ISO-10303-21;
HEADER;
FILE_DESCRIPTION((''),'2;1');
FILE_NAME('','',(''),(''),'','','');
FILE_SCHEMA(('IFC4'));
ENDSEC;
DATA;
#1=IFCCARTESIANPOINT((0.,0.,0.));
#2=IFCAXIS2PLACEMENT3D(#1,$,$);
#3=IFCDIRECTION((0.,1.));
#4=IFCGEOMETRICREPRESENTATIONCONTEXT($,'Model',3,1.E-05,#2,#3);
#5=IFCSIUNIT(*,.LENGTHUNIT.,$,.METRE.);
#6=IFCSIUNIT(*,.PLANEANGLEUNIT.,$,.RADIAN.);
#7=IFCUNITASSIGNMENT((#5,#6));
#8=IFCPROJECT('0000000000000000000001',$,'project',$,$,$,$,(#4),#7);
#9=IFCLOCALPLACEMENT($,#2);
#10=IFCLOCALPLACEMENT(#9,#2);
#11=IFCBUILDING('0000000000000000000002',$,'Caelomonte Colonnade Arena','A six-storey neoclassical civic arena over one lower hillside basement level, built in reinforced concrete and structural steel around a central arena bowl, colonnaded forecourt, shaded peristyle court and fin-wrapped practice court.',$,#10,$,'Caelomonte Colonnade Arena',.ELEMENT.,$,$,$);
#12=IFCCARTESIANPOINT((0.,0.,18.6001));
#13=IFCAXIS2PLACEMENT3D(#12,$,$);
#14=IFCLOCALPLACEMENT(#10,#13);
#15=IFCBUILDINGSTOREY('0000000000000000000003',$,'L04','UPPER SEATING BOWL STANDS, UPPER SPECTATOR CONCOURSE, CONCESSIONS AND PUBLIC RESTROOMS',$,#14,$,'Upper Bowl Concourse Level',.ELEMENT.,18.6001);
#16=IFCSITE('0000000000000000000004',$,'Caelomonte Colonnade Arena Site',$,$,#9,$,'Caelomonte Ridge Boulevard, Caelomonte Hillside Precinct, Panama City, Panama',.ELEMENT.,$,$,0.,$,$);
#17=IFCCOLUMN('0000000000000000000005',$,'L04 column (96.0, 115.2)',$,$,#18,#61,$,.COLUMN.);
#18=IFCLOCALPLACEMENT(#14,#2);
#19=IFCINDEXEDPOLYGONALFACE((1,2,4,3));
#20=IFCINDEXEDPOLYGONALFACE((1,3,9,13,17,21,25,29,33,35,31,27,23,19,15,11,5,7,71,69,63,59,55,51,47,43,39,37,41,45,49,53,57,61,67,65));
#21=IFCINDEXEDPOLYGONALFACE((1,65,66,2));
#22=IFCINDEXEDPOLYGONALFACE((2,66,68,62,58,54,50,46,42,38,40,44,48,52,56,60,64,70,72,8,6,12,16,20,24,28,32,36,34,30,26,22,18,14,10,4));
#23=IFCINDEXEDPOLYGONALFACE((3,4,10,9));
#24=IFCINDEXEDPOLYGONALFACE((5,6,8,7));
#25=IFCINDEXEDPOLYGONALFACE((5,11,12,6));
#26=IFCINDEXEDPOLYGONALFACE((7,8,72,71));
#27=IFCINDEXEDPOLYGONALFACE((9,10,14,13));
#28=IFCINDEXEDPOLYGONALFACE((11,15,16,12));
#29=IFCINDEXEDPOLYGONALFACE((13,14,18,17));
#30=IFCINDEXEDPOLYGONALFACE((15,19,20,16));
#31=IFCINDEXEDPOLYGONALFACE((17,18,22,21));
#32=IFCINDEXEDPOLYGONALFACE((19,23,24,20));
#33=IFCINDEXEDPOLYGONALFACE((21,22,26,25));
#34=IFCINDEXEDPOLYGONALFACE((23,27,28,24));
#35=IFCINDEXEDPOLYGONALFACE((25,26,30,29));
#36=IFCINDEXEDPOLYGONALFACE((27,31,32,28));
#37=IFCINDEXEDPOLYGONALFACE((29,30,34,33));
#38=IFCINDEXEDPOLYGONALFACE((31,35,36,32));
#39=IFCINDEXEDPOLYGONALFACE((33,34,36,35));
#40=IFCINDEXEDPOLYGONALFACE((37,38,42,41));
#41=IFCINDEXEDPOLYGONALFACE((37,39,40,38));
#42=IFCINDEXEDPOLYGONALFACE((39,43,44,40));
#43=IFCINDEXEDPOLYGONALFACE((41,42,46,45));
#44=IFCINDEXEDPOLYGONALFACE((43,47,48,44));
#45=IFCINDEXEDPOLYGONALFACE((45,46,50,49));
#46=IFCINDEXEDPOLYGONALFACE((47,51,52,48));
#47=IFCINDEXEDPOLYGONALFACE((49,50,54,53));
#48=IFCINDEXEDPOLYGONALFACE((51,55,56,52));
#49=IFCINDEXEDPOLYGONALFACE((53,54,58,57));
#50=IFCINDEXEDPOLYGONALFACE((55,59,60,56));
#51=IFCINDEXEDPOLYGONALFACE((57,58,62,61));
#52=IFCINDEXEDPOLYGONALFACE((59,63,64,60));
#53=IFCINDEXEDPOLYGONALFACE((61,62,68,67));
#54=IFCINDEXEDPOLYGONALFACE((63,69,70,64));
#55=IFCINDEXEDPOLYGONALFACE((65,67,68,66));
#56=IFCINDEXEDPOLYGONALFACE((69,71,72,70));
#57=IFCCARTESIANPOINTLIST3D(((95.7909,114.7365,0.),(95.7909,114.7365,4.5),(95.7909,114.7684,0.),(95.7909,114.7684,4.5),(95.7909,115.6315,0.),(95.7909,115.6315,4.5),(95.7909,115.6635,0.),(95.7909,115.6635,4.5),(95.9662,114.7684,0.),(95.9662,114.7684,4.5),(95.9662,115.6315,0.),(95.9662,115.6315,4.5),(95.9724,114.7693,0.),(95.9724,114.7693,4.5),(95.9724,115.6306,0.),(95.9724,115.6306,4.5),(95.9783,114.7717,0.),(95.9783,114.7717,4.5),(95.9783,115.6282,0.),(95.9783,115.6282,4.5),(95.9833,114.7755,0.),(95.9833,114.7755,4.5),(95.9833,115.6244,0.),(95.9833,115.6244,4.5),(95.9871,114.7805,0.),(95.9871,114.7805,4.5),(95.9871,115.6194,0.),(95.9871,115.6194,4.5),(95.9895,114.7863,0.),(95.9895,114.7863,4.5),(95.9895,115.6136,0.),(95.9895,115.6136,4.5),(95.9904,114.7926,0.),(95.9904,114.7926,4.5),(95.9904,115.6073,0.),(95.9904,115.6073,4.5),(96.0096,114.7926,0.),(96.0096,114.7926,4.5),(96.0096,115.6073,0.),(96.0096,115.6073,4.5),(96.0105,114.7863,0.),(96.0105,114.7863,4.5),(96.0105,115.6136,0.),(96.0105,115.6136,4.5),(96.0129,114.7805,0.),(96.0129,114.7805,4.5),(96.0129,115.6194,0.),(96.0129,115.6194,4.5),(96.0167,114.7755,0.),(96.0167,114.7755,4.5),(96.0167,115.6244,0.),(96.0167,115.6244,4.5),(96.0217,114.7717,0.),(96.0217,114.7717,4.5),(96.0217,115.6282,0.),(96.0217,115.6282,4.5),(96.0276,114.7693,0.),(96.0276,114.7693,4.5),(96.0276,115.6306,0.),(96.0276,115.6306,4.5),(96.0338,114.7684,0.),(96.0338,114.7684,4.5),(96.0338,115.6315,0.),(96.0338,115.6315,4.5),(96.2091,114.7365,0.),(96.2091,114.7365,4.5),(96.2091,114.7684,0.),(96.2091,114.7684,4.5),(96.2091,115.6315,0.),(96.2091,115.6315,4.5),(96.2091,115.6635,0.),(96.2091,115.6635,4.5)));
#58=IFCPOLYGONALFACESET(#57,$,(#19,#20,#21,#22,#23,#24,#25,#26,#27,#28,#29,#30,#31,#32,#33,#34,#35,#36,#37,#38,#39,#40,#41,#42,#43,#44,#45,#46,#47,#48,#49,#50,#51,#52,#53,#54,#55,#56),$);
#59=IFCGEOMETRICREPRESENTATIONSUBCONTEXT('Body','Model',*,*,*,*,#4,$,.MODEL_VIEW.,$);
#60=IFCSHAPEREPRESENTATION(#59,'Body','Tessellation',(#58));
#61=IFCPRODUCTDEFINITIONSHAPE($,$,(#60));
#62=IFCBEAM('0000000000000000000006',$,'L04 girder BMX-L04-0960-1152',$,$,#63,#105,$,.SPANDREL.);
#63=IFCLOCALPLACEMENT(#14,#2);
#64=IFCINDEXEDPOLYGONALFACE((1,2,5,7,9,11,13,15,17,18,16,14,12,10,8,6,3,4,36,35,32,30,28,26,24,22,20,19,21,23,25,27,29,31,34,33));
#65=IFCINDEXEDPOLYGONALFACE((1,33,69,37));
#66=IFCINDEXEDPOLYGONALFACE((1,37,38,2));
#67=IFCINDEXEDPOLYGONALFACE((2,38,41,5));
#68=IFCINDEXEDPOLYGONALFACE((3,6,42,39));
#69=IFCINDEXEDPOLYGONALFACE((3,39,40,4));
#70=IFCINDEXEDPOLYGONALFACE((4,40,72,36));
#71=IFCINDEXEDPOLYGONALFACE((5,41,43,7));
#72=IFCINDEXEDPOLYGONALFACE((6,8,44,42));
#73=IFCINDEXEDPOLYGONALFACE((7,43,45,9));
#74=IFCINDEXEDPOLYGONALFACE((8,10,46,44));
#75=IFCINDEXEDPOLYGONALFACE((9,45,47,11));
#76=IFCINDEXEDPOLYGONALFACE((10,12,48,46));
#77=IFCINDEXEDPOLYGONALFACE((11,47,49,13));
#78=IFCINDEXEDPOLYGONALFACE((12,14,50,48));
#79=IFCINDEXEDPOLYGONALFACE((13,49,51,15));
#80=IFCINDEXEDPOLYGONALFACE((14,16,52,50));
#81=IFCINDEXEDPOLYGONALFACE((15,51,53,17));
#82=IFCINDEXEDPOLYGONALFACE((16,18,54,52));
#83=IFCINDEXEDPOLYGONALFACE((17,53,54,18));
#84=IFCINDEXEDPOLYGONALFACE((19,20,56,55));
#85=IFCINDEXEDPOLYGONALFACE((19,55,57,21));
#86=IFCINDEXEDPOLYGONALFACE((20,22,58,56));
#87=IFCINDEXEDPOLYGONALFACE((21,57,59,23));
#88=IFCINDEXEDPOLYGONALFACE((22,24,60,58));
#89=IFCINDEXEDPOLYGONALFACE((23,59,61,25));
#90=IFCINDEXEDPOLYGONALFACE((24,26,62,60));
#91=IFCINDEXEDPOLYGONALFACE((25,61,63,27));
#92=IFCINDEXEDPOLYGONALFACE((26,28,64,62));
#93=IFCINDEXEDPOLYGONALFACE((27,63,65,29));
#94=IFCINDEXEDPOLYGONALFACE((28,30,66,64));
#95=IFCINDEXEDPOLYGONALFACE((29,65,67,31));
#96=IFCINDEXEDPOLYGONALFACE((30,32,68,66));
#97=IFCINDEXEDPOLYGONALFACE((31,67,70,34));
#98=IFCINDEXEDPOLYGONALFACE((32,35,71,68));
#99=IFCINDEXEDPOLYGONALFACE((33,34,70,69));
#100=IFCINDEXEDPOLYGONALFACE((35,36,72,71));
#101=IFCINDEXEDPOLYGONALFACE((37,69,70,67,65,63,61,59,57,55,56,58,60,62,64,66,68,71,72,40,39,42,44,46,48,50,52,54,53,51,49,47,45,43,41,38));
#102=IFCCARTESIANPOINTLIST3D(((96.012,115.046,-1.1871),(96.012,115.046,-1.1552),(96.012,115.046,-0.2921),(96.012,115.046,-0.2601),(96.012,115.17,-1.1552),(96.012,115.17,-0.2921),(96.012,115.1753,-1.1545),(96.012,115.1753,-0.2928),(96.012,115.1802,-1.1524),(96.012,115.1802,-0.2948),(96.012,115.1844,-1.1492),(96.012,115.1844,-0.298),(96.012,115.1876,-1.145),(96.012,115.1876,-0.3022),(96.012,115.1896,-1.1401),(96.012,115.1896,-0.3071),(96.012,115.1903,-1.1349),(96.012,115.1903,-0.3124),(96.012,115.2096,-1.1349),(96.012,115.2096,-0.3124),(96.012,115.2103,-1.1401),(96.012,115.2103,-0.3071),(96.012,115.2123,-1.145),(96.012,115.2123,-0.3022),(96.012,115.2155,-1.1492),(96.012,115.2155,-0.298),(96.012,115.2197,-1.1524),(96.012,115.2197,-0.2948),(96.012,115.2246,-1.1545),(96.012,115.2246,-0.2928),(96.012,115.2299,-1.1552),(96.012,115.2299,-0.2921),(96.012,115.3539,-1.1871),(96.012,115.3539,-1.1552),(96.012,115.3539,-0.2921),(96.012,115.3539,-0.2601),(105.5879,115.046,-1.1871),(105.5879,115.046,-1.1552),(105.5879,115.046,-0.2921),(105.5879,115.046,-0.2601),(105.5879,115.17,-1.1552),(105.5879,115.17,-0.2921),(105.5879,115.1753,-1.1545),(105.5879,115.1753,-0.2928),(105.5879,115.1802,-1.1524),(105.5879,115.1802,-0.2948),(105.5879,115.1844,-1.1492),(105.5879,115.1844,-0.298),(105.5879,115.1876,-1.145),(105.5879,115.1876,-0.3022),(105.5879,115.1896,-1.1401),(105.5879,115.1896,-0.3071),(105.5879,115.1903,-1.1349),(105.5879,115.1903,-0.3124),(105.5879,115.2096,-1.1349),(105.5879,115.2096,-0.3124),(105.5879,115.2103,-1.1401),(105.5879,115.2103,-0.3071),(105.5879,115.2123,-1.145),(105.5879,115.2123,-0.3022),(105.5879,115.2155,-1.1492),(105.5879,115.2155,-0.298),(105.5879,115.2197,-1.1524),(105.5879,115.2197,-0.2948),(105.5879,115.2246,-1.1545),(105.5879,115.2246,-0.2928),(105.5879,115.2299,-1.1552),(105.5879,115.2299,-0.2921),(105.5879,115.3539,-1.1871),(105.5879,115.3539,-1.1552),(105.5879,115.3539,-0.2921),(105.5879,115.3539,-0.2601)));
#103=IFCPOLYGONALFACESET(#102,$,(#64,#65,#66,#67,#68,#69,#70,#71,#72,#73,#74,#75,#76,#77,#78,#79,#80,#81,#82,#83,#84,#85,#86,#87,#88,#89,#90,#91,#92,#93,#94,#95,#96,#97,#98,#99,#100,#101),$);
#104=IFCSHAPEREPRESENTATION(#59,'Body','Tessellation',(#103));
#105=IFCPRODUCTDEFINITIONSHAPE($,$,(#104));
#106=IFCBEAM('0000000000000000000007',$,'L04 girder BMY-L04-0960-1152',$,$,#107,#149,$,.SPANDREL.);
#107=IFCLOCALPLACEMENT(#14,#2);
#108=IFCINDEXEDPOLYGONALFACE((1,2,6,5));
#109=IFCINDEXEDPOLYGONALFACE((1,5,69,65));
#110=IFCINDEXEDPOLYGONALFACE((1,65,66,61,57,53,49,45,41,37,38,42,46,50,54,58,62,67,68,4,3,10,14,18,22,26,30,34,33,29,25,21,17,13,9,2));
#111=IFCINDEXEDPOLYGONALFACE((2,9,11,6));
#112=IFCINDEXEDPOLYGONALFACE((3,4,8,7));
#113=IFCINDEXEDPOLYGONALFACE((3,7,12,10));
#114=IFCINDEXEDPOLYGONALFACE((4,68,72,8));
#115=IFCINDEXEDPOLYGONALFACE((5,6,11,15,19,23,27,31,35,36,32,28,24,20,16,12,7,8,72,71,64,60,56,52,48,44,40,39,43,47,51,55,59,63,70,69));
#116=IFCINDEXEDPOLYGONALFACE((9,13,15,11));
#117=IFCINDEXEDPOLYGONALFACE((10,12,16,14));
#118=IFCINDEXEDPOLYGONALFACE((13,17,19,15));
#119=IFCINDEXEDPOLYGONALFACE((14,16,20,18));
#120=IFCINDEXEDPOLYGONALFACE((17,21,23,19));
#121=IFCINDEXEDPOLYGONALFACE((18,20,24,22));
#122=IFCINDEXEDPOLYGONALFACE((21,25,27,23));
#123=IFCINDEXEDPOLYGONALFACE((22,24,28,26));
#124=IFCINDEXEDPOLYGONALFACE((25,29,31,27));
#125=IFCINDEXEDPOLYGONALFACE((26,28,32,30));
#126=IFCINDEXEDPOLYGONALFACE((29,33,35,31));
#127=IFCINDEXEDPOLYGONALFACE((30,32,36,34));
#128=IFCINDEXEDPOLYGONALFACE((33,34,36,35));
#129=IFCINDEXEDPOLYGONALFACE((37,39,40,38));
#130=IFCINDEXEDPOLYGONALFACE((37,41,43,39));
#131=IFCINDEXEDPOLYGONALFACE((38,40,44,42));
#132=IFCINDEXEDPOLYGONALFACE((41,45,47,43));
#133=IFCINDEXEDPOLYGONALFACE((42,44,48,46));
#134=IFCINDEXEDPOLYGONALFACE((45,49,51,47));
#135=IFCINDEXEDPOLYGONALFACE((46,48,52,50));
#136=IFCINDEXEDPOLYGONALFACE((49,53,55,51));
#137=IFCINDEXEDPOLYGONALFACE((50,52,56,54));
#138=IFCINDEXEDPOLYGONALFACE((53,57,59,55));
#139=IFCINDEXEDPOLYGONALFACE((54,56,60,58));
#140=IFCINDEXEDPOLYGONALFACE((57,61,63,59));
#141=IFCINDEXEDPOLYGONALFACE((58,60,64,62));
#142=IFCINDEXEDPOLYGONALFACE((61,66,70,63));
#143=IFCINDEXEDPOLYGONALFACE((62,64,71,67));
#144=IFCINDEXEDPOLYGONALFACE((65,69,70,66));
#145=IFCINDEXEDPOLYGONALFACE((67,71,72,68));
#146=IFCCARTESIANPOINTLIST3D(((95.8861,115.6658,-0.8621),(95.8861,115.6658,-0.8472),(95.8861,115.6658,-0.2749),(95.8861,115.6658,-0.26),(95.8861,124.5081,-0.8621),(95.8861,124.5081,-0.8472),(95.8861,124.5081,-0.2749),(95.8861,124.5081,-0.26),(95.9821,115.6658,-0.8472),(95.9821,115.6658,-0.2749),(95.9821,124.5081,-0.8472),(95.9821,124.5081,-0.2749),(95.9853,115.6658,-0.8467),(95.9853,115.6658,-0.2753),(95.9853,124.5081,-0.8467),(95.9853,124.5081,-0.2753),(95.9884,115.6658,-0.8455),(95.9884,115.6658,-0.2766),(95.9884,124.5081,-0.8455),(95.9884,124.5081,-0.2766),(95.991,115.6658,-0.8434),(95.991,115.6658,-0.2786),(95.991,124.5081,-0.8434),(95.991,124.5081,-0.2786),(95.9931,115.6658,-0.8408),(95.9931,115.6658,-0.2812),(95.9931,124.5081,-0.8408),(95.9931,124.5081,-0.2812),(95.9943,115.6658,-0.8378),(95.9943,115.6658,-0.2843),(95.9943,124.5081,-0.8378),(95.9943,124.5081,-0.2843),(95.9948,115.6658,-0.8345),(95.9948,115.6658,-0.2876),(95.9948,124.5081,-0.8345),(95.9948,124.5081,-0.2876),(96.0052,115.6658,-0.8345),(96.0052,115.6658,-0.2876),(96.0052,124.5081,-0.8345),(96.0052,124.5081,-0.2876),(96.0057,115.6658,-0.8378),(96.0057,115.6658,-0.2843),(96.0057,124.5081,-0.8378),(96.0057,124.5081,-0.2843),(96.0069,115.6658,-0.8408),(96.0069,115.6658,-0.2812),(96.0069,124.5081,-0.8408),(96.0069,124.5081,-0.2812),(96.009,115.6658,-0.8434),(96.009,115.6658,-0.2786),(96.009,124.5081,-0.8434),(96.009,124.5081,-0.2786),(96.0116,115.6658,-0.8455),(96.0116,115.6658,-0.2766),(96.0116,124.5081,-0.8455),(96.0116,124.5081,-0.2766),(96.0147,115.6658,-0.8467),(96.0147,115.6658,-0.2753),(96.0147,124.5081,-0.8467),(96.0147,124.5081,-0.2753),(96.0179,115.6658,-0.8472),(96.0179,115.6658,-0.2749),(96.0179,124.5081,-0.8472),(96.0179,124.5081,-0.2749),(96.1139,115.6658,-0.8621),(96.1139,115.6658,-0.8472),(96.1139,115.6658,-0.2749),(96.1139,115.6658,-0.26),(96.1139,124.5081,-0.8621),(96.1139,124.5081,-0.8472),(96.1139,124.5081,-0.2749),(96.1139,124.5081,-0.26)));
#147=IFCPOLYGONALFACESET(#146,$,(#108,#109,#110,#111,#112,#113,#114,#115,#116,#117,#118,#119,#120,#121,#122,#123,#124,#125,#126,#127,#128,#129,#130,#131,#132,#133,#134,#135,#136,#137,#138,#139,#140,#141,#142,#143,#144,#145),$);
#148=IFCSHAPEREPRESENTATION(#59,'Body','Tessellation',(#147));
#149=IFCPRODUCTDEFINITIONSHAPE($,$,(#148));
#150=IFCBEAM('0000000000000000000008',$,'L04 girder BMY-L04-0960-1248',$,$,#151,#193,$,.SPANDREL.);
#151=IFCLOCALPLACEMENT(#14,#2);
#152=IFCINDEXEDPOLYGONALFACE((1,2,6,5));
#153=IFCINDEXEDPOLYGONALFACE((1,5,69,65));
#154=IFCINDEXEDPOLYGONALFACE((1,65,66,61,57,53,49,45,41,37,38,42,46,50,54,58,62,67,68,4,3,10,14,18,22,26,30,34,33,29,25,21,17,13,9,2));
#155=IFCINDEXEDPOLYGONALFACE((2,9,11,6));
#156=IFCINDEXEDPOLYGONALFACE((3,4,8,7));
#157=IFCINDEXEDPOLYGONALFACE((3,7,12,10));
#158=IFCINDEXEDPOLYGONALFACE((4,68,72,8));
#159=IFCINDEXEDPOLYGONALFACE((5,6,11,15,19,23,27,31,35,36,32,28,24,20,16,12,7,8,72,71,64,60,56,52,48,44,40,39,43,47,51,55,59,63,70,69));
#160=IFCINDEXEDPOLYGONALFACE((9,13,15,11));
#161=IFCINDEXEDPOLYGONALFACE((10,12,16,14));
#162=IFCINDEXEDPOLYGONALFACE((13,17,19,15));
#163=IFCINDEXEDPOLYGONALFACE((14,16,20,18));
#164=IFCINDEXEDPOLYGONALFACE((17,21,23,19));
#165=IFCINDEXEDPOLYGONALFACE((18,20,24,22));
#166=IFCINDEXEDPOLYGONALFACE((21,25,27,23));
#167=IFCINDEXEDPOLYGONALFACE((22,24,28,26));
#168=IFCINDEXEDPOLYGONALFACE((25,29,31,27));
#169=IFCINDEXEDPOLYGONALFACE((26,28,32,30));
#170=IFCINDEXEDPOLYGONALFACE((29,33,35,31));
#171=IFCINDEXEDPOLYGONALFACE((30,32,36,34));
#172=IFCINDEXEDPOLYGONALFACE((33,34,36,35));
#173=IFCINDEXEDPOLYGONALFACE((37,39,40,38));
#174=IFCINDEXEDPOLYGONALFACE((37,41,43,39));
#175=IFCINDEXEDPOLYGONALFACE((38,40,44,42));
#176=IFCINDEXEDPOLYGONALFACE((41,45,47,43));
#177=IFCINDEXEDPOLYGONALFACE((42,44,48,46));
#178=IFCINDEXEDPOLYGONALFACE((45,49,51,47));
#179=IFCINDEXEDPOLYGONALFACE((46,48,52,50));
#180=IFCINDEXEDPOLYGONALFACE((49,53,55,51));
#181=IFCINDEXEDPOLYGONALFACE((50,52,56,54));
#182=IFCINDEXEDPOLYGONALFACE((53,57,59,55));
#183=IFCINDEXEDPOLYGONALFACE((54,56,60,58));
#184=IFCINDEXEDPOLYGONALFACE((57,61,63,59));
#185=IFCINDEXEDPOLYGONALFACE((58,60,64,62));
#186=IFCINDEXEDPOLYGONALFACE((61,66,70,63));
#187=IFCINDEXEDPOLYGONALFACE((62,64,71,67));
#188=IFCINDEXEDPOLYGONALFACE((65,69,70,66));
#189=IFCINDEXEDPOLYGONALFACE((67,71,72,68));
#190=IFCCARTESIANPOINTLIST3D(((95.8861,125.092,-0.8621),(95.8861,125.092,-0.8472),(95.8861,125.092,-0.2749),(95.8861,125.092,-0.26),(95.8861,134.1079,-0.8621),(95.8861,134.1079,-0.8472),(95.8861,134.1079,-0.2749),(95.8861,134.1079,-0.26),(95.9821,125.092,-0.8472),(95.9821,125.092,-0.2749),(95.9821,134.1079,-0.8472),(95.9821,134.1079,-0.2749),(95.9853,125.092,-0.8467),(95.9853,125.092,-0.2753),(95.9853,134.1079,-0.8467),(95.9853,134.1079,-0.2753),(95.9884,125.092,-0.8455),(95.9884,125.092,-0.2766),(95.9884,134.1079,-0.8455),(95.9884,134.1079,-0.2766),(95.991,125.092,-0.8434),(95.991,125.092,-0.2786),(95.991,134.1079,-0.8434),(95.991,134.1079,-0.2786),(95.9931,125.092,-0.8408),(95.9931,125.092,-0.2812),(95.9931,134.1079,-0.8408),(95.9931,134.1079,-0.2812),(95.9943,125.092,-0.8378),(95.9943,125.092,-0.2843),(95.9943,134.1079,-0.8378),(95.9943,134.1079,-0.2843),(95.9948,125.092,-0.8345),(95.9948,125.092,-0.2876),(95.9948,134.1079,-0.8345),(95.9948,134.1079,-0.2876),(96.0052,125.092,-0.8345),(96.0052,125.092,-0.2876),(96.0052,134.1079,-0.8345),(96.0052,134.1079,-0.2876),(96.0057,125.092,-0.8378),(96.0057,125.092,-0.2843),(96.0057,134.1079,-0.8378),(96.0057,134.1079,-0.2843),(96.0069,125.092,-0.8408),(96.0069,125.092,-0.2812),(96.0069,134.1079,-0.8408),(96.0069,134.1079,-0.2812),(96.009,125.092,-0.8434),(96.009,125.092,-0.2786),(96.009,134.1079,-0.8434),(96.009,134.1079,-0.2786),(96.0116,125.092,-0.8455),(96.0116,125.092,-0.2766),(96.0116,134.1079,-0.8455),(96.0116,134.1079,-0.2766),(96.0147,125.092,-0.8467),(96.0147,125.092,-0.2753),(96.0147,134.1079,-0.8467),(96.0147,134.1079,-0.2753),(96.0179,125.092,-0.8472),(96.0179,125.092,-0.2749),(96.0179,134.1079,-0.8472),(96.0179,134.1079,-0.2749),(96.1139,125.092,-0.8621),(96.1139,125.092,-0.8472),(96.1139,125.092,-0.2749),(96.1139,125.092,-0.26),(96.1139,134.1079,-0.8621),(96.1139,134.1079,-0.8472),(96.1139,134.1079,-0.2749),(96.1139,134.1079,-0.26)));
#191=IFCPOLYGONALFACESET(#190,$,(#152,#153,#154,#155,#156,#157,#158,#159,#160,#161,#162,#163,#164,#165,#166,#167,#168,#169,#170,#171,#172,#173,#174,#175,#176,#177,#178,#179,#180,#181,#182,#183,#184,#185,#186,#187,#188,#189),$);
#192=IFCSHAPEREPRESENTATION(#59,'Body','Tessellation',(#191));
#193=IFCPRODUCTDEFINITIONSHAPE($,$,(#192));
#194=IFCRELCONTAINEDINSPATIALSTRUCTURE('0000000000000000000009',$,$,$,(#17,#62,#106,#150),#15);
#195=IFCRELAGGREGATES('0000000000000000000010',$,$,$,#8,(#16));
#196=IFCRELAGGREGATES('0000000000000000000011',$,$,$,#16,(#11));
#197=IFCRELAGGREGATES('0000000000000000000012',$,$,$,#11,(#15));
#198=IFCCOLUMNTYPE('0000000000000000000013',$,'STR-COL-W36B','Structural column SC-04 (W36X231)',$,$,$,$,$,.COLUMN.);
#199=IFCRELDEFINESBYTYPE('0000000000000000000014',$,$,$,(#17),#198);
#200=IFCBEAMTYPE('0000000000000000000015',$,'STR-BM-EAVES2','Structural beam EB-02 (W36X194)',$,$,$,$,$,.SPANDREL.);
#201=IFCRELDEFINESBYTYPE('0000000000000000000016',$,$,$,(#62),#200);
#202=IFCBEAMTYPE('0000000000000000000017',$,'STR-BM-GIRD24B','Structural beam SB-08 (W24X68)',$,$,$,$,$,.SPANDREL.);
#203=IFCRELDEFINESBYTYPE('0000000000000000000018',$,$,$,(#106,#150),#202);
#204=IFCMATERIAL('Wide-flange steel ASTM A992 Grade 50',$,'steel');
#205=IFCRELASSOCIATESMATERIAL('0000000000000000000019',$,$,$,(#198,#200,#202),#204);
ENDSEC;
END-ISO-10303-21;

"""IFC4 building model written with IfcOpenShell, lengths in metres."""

from ifc_helpers import new_model, si_unit, direction, frame, origin, origin_2d, place, context, subcontext, project, spatial, i_section, extrude, material, material_profile, profile_set, type_object, element, save


model = new_model("IFC4")

# Units and contexts
model_context = context("Model", 3, precision=1e-05, world=origin(), true_north=direction((0.0, 1.0)))
body_context = subcontext(model_context, "Body", "Model", "MODEL_VIEW")
ifc_project = project(units=[si_unit("LENGTHUNIT", "METRE"), si_unit("PLANEANGLEUNIT", "RADIAN")], contexts=[model_context])

# Site, building, storey
site_placement = place(None, origin())
site = spatial("IfcSite", under=ifc_project, at=site_placement, Name="Caelomonte Colonnade Arena Site", LongName="Caelomonte Ridge Boulevard, Caelomonte Hillside Precinct, Panama City, Panama", CompositionType="ELEMENT", RefElevation=0.0)
building_placement = place(site_placement, origin())
building = spatial("IfcBuilding", under=site, at=building_placement, Name="Caelomonte Colonnade Arena", Description="A six-storey neoclassical civic arena over one lower hillside basement level, built in reinforced concrete and structural steel around a central arena bowl, colonnaded forecourt, shaded peristyle court and fin-wrapped practice court.", LongName="Caelomonte Colonnade Arena", CompositionType="ELEMENT")
storey_placement = place(building_placement, frame((0.0, 0.0, 18.6001)))
storey = spatial("IfcBuildingStorey", under=building, at=storey_placement, Name="L04", Description="UPPER SEATING BOWL STANDS, UPPER SPECTATOR CONCOURSE, CONCESSIONS AND PUBLIC RESTROOMS", LongName="Upper Bowl Concourse Level", CompositionType="ELEMENT", Elevation=18.6001)

# Column
ifc_material_1 = material(Name="Wide-flange steel ASTM A992 Grade 50", Category="steel")
ifc_material_profile_1 = material_profile(ifc_material_1, i_section(OverallWidth=0.4182, OverallDepth=0.927, WebThickness=0.0193, FlangeThickness=0.032, FilletRadius=0.0242, at=origin_2d()), Name="W36X231")
ifc_profile_set_1 = profile_set([ifc_material_profile_1], Name="Wide-flange steel ASTM A992 Grade 50")
column_type = type_object("IfcColumnType", Name="STR-COL-W36B", Description="Structural column SC-04 (W36X231)", PredefinedType="COLUMN", material=ifc_profile_set_1)
column_placement = place(storey_placement, frame((96.0, 115.2, 0.0), z_axis=(0.0, 0.0, 1.0), x_axis=(1.0, 0.0, 0.0)))
element("IfcColumn", 1, at=column_placement, inside=storey, type_object=column_type, Name="L04 column (96.0, 115.2)", PredefinedType="COLUMN", context=body_context, shape_type="SweptSolid", body=[
    extrude(i_section(OverallWidth=0.4182, OverallDepth=0.927, WebThickness=0.0193, FlangeThickness=0.032, FilletRadius=0.0242, at=origin_2d()), origin(), (0.0, 0.0, 1.0), 4.5),
])

# Beams
ifc_material_profile_2 = material_profile(ifc_material_1, i_section(OverallWidth=0.3079, OverallDepth=0.927, WebThickness=0.0193, FlangeThickness=0.032, FilletRadius=0.0203, at=origin_2d()), Name="W36X194")
ifc_profile_set_2 = profile_set([ifc_material_profile_2], Name="Wide-flange steel ASTM A992 Grade 50")
beam_type_1 = type_object("IfcBeamType", Name="STR-BM-EAVES2", Description="Structural beam EB-02 (W36X194)", PredefinedType="SPANDREL", material=ifc_profile_set_2)
beam_1_placement = place(storey_placement, frame((96.012, 115.2, -0.7236), z_axis=(1.0, 0.0, 0.0), x_axis=(0.0, 1.0, 0.0)))
element("IfcBeam", 2, at=beam_1_placement, inside=storey, type_object=beam_type_1, Name="L04 girder BMX-L04-0960-1152", PredefinedType="SPANDREL", context=body_context, shape_type="SweptSolid", body=[
    extrude(i_section(OverallWidth=0.3079, OverallDepth=0.927, WebThickness=0.0193, FlangeThickness=0.032, FilletRadius=0.0203, at=origin_2d()), origin(), (0.0, 0.0, 1.0), 9.5759),
])
ifc_material_profile_3 = material_profile(ifc_material_1, i_section(OverallWidth=0.2278, OverallDepth=0.6021, WebThickness=0.0105, FlangeThickness=0.0149, FilletRadius=0.0127, at=origin_2d()), Name="W24X68")
ifc_profile_set_3 = profile_set([ifc_material_profile_3], Name="Wide-flange steel ASTM A992 Grade 50")
beam_type_2 = type_object("IfcBeamType", Name="STR-BM-GIRD24B", Description="Structural beam SB-08 (W24X68)", PredefinedType="SPANDREL", material=ifc_profile_set_3)
beam_2_placement = place(storey_placement, frame((96.0, 115.6658, -0.561), z_axis=(0.0, 1.0, 0.0), x_axis=(-1.0, 0.0, 0.0)))
element("IfcBeam", 3, at=beam_2_placement, inside=storey, type_object=beam_type_2, Name="L04 girder BMY-L04-0960-1152", PredefinedType="SPANDREL", context=body_context, shape_type="SweptSolid", body=[
    extrude(i_section(OverallWidth=0.2278, OverallDepth=0.6021, WebThickness=0.0105, FlangeThickness=0.0149, FilletRadius=0.0127, at=origin_2d()), origin(), (0.0, 0.0, 1.0), 8.8423),
])
beam_3_placement = place(storey_placement, frame((96.0, 125.092, -0.561), z_axis=(0.0, 1.0, 0.0), x_axis=(-1.0, 0.0, 0.0)))
element("IfcBeam", 4, at=beam_3_placement, inside=storey, type_object=beam_type_2, Name="L04 girder BMY-L04-0960-1248", PredefinedType="SPANDREL", context=body_context, shape_type="SweptSolid", body=[
    extrude(i_section(OverallWidth=0.2278, OverallDepth=0.6021, WebThickness=0.0105, FlangeThickness=0.0149, FilletRadius=0.0127, at=origin_2d()), origin(), (0.0, 0.0, 1.0), 9.0159),
])

save(model, "model.ifc")
